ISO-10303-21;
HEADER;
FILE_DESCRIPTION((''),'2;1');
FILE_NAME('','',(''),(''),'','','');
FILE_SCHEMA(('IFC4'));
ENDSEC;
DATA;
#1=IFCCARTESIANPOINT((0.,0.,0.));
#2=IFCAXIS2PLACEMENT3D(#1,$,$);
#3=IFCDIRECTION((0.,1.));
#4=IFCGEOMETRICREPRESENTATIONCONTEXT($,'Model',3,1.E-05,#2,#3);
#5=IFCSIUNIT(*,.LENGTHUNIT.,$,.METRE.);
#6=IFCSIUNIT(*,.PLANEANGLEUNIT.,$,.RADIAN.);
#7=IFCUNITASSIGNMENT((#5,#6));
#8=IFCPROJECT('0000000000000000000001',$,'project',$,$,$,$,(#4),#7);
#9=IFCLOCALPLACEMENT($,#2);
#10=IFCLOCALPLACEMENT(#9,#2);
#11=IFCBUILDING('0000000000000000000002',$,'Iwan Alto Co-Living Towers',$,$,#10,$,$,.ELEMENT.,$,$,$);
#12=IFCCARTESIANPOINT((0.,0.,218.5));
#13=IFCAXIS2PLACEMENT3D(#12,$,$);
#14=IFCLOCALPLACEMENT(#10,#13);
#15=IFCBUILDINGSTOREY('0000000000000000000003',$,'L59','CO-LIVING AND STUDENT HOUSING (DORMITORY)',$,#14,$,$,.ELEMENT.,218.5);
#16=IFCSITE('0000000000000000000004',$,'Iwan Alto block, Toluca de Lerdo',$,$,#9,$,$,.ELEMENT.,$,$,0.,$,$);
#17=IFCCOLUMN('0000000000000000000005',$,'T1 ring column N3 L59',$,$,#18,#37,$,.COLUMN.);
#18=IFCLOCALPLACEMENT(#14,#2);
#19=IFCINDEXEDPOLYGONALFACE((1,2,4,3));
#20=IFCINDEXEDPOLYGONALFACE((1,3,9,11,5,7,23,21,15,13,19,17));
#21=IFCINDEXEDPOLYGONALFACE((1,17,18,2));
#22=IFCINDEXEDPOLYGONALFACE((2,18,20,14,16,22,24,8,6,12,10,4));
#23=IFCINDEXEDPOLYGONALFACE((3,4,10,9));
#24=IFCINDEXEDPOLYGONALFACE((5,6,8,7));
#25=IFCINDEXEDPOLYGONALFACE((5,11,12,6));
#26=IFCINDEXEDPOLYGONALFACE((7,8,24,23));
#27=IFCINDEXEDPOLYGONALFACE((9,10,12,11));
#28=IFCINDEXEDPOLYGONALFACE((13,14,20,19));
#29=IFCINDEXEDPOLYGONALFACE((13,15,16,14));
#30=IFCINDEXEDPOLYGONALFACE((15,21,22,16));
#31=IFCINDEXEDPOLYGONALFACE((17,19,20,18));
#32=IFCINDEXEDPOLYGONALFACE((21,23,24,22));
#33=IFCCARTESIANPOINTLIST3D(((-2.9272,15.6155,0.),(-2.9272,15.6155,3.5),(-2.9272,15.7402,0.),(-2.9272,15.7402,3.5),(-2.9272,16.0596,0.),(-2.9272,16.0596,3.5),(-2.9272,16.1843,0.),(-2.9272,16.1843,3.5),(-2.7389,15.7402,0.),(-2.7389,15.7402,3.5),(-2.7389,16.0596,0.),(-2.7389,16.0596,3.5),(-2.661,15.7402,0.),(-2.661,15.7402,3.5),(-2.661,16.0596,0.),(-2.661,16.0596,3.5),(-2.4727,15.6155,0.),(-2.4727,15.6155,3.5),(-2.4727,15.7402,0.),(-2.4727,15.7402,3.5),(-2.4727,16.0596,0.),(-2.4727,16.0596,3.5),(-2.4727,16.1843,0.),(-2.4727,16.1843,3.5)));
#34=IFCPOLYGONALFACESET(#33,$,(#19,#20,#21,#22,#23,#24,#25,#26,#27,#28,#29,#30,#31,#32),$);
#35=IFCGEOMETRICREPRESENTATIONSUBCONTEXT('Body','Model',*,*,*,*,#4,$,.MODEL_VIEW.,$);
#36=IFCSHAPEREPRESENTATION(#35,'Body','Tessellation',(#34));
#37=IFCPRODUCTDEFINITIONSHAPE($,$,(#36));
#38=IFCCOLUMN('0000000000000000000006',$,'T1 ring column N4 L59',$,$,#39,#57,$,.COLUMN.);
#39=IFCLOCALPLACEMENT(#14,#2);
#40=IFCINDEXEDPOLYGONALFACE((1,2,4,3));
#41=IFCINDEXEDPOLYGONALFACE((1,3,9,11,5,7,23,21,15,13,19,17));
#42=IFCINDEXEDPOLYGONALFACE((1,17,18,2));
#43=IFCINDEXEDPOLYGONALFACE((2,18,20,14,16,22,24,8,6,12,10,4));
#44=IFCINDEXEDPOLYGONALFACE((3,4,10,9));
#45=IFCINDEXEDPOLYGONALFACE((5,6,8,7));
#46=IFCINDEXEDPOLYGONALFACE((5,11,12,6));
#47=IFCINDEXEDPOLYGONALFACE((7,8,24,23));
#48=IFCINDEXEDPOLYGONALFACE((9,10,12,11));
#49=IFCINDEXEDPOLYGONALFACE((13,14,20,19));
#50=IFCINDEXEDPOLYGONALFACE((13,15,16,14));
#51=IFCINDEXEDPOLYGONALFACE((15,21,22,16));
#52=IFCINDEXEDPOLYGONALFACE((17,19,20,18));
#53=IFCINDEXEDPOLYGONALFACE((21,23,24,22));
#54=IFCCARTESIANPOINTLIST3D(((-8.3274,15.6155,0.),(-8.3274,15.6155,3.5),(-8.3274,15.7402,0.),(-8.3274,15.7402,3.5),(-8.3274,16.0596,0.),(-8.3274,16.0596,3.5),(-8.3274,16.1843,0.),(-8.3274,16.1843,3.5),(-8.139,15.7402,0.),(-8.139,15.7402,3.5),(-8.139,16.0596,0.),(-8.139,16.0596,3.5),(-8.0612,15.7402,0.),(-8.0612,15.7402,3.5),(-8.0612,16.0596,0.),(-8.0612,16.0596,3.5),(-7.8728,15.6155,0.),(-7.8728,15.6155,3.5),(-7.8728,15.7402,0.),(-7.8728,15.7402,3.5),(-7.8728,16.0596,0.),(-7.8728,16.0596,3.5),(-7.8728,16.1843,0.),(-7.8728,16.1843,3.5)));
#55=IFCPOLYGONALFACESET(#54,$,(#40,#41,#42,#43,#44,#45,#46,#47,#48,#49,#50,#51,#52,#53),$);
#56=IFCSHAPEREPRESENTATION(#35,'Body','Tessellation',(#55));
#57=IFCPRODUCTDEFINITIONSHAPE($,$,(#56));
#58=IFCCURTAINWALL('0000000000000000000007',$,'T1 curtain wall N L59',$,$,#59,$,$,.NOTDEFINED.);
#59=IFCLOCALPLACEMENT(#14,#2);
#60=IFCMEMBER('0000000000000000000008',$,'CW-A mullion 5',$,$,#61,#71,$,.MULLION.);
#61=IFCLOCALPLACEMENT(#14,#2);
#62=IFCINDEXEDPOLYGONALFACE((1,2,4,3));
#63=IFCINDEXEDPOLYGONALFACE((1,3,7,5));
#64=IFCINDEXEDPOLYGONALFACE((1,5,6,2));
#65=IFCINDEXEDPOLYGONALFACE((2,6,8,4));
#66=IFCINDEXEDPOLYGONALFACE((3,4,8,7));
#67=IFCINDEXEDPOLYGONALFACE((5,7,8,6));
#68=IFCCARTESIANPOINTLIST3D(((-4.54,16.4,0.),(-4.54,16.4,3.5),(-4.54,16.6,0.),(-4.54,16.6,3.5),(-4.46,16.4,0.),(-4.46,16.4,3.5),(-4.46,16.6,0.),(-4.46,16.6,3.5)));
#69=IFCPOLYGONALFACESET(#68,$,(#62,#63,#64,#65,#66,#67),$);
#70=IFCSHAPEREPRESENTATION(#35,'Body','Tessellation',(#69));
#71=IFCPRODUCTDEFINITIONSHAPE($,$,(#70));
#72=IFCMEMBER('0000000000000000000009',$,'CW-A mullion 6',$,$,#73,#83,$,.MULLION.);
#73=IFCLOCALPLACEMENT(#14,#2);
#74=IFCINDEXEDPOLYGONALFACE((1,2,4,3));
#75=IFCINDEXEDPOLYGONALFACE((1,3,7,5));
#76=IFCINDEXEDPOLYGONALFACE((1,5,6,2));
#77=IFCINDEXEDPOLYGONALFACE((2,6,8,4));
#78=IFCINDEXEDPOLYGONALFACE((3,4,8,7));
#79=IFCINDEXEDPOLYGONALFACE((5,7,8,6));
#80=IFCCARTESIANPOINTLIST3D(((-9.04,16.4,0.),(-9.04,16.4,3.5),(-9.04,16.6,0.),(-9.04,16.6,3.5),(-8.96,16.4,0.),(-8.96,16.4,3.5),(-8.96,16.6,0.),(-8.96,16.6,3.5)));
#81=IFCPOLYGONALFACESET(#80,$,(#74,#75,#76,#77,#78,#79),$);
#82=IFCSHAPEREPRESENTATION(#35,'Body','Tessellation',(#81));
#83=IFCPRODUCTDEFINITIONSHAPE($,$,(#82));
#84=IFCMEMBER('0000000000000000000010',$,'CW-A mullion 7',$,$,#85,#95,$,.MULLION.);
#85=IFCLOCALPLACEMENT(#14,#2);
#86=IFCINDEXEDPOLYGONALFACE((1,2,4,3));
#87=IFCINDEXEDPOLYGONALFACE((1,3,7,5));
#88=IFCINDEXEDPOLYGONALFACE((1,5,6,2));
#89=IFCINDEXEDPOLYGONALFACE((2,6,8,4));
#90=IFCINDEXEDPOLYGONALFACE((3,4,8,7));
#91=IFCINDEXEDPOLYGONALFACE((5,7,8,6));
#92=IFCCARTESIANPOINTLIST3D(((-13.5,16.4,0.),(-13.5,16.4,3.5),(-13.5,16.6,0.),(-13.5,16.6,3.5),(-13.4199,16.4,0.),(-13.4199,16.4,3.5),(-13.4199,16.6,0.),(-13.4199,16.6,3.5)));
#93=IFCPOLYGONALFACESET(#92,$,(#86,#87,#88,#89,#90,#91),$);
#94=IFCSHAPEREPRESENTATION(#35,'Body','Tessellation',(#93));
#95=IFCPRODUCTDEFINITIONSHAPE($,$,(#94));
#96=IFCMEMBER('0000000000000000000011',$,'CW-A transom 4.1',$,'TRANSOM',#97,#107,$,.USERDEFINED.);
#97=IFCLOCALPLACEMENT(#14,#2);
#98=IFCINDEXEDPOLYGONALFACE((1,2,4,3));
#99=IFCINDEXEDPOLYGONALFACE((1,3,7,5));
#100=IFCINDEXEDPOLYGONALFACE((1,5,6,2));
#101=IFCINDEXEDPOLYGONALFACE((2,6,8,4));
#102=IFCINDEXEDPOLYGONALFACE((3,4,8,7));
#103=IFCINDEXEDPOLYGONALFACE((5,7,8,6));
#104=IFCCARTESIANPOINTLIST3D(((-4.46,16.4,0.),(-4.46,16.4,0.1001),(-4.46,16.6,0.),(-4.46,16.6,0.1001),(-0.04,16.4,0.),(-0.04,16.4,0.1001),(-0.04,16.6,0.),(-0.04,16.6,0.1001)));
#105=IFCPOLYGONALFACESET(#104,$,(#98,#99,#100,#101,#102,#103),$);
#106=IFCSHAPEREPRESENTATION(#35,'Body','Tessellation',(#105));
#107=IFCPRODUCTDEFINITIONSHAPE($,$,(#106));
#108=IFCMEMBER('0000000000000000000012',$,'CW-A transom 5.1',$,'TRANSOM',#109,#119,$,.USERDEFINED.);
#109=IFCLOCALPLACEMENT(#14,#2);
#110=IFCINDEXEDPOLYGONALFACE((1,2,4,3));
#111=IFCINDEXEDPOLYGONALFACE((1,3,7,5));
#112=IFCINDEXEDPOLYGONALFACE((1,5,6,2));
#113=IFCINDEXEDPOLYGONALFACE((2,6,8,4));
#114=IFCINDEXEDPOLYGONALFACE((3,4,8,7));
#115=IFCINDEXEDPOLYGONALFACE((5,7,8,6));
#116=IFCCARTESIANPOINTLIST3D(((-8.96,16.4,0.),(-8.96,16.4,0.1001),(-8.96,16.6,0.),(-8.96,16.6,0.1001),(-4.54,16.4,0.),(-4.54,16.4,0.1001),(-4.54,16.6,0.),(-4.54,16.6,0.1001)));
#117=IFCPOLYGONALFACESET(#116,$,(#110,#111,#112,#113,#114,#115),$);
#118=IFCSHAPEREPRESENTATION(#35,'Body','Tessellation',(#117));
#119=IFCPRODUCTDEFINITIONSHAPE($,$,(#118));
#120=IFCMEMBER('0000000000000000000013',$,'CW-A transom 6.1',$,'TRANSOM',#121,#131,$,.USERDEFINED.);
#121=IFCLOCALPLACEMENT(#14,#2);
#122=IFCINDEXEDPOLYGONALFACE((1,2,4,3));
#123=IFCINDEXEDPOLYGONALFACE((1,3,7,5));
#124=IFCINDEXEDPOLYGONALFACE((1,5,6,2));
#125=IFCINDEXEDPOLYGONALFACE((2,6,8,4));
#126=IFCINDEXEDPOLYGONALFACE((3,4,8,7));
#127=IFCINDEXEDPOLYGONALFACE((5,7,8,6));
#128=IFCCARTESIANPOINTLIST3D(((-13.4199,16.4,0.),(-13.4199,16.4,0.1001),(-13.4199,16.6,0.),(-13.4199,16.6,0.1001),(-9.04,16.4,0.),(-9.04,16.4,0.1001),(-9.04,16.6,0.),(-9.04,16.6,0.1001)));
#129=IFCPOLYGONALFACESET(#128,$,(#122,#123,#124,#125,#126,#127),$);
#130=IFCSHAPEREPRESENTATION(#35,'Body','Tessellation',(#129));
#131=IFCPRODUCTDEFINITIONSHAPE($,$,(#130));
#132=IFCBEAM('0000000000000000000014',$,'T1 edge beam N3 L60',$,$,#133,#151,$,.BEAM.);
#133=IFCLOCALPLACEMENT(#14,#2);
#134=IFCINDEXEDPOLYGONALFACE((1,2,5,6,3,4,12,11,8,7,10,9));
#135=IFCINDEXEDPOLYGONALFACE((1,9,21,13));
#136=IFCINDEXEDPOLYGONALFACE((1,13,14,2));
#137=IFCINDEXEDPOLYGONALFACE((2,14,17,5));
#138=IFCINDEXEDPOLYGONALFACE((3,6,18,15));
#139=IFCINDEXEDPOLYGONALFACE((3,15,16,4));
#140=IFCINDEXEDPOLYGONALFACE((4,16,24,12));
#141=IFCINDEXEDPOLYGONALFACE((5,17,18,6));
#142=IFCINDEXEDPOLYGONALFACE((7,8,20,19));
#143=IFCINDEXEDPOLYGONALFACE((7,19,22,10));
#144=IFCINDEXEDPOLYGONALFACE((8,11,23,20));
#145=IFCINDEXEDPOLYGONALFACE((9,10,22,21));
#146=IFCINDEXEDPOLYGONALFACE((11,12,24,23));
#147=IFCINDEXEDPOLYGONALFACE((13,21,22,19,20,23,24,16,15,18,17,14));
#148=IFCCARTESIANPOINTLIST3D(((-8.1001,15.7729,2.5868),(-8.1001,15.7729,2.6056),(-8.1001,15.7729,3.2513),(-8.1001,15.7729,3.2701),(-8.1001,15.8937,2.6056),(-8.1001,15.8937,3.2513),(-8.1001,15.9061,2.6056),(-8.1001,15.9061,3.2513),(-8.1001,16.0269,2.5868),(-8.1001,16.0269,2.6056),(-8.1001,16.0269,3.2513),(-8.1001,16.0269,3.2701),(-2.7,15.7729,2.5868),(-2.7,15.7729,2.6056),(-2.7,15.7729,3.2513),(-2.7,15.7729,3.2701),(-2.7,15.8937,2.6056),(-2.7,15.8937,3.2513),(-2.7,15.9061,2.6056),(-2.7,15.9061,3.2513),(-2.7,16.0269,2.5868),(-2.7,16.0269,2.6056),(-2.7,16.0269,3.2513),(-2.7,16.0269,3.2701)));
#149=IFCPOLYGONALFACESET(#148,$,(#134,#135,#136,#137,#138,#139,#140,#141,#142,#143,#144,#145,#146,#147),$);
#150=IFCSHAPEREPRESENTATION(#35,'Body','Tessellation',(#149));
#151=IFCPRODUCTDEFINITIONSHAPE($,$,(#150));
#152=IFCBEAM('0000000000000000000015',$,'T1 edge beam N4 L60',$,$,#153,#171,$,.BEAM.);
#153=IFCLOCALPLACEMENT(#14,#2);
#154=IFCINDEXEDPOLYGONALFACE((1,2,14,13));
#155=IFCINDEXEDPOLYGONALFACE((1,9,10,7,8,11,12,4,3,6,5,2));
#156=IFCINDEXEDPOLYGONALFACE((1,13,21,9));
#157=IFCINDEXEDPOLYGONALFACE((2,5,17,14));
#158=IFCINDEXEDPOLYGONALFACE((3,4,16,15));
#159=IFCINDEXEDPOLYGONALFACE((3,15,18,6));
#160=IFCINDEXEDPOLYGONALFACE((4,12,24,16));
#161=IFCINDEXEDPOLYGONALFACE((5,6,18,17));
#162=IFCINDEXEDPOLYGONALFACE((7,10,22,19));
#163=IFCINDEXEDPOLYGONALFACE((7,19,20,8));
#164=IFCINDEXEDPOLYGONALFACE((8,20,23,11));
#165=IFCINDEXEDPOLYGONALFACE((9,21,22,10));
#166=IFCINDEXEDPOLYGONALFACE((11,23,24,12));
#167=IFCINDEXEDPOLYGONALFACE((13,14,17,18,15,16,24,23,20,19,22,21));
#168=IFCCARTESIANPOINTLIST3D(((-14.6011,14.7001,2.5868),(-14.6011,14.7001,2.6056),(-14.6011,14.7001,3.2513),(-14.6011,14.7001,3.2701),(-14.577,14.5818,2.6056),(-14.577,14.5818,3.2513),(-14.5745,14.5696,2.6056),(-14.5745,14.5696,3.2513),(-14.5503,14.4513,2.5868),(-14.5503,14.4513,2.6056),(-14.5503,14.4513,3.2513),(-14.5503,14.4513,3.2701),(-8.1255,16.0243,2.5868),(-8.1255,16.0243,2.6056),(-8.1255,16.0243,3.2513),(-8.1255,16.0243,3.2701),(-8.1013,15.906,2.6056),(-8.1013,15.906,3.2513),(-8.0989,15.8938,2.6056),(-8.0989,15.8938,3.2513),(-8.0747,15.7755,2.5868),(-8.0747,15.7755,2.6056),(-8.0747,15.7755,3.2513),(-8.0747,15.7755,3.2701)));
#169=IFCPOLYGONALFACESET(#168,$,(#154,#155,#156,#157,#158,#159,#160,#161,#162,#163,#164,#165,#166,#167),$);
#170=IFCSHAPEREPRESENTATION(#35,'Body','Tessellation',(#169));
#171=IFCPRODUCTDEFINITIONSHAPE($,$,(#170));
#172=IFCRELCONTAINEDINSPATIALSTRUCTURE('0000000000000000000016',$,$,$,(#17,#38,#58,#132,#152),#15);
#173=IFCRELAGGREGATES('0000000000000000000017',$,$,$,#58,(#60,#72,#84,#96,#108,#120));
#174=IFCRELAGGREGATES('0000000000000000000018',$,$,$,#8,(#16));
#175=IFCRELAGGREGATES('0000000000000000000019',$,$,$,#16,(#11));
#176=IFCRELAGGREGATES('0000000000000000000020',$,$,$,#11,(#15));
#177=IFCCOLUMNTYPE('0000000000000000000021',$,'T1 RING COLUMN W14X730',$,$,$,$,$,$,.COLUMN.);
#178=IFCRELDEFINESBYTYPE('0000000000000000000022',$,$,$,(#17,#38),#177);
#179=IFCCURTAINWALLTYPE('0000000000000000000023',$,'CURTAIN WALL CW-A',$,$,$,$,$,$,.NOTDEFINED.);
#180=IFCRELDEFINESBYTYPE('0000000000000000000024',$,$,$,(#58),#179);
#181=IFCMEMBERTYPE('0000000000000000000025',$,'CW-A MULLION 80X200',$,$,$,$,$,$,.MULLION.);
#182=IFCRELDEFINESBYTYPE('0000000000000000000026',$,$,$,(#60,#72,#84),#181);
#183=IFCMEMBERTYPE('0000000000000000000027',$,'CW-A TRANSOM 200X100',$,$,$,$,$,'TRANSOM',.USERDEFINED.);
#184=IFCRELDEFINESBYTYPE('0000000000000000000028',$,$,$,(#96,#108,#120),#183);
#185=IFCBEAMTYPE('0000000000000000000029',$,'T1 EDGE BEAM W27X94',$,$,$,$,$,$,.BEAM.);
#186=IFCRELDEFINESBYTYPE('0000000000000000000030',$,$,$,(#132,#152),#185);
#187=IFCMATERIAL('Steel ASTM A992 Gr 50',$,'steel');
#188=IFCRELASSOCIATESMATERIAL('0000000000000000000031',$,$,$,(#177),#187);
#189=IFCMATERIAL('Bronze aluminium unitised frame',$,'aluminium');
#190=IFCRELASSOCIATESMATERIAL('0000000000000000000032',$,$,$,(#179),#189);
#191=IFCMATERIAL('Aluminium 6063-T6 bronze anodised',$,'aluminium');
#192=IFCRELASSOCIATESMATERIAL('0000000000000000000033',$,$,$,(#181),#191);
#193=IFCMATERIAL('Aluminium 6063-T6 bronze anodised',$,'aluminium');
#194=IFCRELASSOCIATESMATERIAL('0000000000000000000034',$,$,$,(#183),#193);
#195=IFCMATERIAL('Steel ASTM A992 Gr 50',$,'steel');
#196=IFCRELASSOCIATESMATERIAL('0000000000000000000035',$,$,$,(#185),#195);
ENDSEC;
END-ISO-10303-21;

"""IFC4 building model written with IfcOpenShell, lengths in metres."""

from ifc_helpers import new_model, si_unit, direction, frame, origin, origin_2d, place, context, subcontext, project, spatial, rectangle, i_section, extrude, material, material_profile, profile_set, type_object, element, aggregate, save


model = new_model("IFC4")

# Units and contexts
model_context = context("Model", 3, precision=1e-05, world=origin(), true_north=direction((0.0, 1.0)))
body_context = subcontext(model_context, "Body", "Model", "MODEL_VIEW")
ifc_project = project(units=[si_unit("LENGTHUNIT", "METRE"), si_unit("PLANEANGLEUNIT", "RADIAN")], contexts=[model_context])

# Site, building, storey
site_placement = place(None, origin())
site = spatial("IfcSite", under=ifc_project, at=site_placement, Name="Iwan Alto block, Toluca de Lerdo", CompositionType="ELEMENT", RefElevation=0.0)
building_placement = place(site_placement, origin())
building = spatial("IfcBuilding", under=site, at=building_placement, Name="Iwan Alto Co-Living Towers", CompositionType="ELEMENT")
storey_placement = place(building_placement, frame((0.0, 0.0, 218.5)))
storey = spatial("IfcBuildingStorey", under=building, at=storey_placement, Name="L59", Description="CO-LIVING AND STUDENT HOUSING (DORMITORY)", CompositionType="ELEMENT", Elevation=218.5)

# Columns
ifc_material_1 = material(Name="Steel ASTM A992 Gr 50", Category="steel")
ifc_material_profile_1 = material_profile(ifc_material_1, i_section(OverallWidth=0.4546, OverallDepth=0.5688, WebThickness=0.0779, FlangeThickness=0.1248, at=origin_2d()), Name="W14X730")
ifc_profile_set_1 = profile_set([ifc_material_profile_1], Name="Steel ASTM A992 Gr 50")
column_type = type_object("IfcColumnType", Name="T1 RING COLUMN W14X730", PredefinedType="COLUMN", material=ifc_profile_set_1)
for number, where, z_axis, x_axis, name in (
    (1, (-2.7, 15.8999, 0.0), (0.0, 0.0, 1.0), (1.0, 0.0, 0.0), "T1 ring column N3 L59"),
    (2, (-8.1001, 15.8999, 0.0), (0.0, 0.0, 1.0), (1.0, 0.0, 0.0), "T1 ring column N4 L59"),
):
    element("IfcColumn", number, at=place(storey_placement, frame(where, z_axis=z_axis, x_axis=x_axis)), inside=storey, type_object=column_type, Name=name, PredefinedType="COLUMN", context=body_context, shape_type="SweptSolid", body=[
        extrude(i_section(OverallWidth=0.4546, OverallDepth=0.5688, WebThickness=0.0779, FlangeThickness=0.1248, at=origin_2d()), origin(), (0.0, 0.0, 1.0), 3.5),
    ])

# Curtain wall, members
ifc_material_2 = material(Name="Bronze aluminium unitised frame", Category="aluminium")
curtain_wall_type = type_object("IfcCurtainWallType", Name="CURTAIN WALL CW-A", PredefinedType="NOTDEFINED", material=ifc_material_2)
curtain_wall_placement = place(storey_placement, origin())
curtain_wall = element("IfcCurtainWall", 3, at=curtain_wall_placement, inside=storey, type_object=curtain_wall_type, Name="T1 curtain wall N L59", PredefinedType="NOTDEFINED")
ifc_material_3 = material(Name="Aluminium 6063-T6 bronze anodised", Category="aluminium")
ifc_material_profile_2 = material_profile(ifc_material_3, rectangle(XDim=0.2, YDim=0.0801, at=origin_2d()), Name="AL 80X200")
ifc_profile_set_2 = profile_set([ifc_material_profile_2], Name="Aluminium 6063-T6 bronze anodised")
member_type_1 = type_object("IfcMemberType", Name="CW-A MULLION 80X200", PredefinedType="MULLION", material=ifc_profile_set_2)
member_1_placement = place(storey_placement, frame((-4.5, 16.5, 0.0), z_axis=(0.0, 0.0, 1.0), x_axis=(0.0, -1.0, 0.0)))
member_1 = element("IfcMember", 4, at=member_1_placement, type_object=member_type_1, Name="CW-A mullion 5", PredefinedType="MULLION", context=body_context, shape_type="SweptSolid", body=[
    extrude(rectangle(XDim=0.2, YDim=0.0801, at=origin_2d()), origin(), (0.0, 0.0, 1.0), 3.5),
])
member_2_placement = place(storey_placement, frame((-9.0, 16.5, 0.0), z_axis=(0.0, 0.0, 1.0), x_axis=(0.0, -1.0, 0.0)))
member_2 = element("IfcMember", 5, at=member_2_placement, type_object=member_type_1, Name="CW-A mullion 6", PredefinedType="MULLION", context=body_context, shape_type="SweptSolid", body=[
    extrude(rectangle(XDim=0.2, YDim=0.0801, at=origin_2d()), origin(), (0.0, 0.0, 1.0), 3.5),
])
member_3_placement = place(storey_placement, frame((-13.46, 16.5, 0.0), z_axis=(0.0, 0.0, 1.0), x_axis=(0.0, -1.0, 0.0)))
member_3 = element("IfcMember", 6, at=member_3_placement, type_object=member_type_1, Name="CW-A mullion 7", PredefinedType="MULLION", context=body_context, shape_type="SweptSolid", body=[
    extrude(rectangle(XDim=0.2, YDim=0.0801, at=origin_2d()), origin(), (0.0, 0.0, 1.0), 3.5),
])
ifc_material_4 = material(Name="Aluminium 6063-T6 bronze anodised", Category="aluminium")
ifc_material_profile_3 = material_profile(ifc_material_4, rectangle(XDim=0.2, YDim=0.1001, at=origin_2d()), Name="AL 200X100")
ifc_profile_set_3 = profile_set([ifc_material_profile_3], Name="Aluminium 6063-T6 bronze anodised")
member_type_2 = type_object("IfcMemberType", Name="CW-A TRANSOM 200X100", ElementType="TRANSOM", PredefinedType="USERDEFINED", material=ifc_profile_set_3)
member_4_placement = place(storey_placement, frame((-0.04, 16.5, 0.05), z_axis=(-1.0, 0.0, 0.0), x_axis=(0.0, -1.0, 0.0)))
member_4 = element("IfcMember", 7, at=member_4_placement, type_object=member_type_2, Name="CW-A transom 4.1", ObjectType="TRANSOM", PredefinedType="USERDEFINED", context=body_context, shape_type="SweptSolid", body=[
    extrude(rectangle(XDim=0.2, YDim=0.1001, at=origin_2d()), origin(), (0.0, 0.0, 1.0), 4.4199),
])
member_5_placement = place(storey_placement, frame((-4.54, 16.5, 0.05), z_axis=(-1.0, 0.0, 0.0), x_axis=(0.0, -1.0, 0.0)))
member_5 = element("IfcMember", 8, at=member_5_placement, type_object=member_type_2, Name="CW-A transom 5.1", ObjectType="TRANSOM", PredefinedType="USERDEFINED", context=body_context, shape_type="SweptSolid", body=[
    extrude(rectangle(XDim=0.2, YDim=0.1001, at=origin_2d()), origin(), (0.0, 0.0, 1.0), 4.4199),
])
member_6_placement = place(storey_placement, frame((-9.04, 16.5, 0.05), z_axis=(-1.0, 0.0, 0.0), x_axis=(0.0, -1.0, 0.0)))
member_6 = element("IfcMember", 9, at=member_6_placement, type_object=member_type_2, Name="CW-A transom 6.1", ObjectType="TRANSOM", PredefinedType="USERDEFINED", context=body_context, shape_type="SweptSolid", body=[
    extrude(rectangle(XDim=0.2, YDim=0.1001, at=origin_2d()), origin(), (0.0, 0.0, 1.0), 4.3799),
])

# Beams
ifc_material_5 = material(Name="Steel ASTM A992 Gr 50", Category="steel")
ifc_material_profile_4 = material_profile(ifc_material_5, i_section(OverallWidth=0.2539, OverallDepth=0.6833, WebThickness=0.0125, FlangeThickness=0.0188, at=origin_2d()), Name="W27X94")
ifc_profile_set_4 = profile_set([ifc_material_profile_4], Name="Steel ASTM A992 Gr 50")
beam_type_1 = type_object("IfcBeamType", Name="T1 EDGE BEAM W27X94", PredefinedType="BEAM", material=ifc_profile_set_4)
beam_1_placement = place(storey_placement, frame((-2.7, 15.8999, 2.9285), z_axis=(-1.0, 0.0, 0.0), x_axis=(0.0, -1.0, 0.0)))
element("IfcBeam", 10, at=beam_1_placement, inside=storey, type_object=beam_type_1, Name="T1 edge beam N3 L60", PredefinedType="BEAM", context=body_context, shape_type="SweptSolid", body=[
    extrude(i_section(OverallWidth=0.2539, OverallDepth=0.6833, WebThickness=0.0125, FlangeThickness=0.0188, at=origin_2d()), origin(), (0.0, 0.0, 1.0), 5.4001),
])
beam_2_placement = place(storey_placement, frame((-8.1001, 15.8999, 2.9285), z_axis=(-0.979725, -0.200348, 0.0), x_axis=(0.200348, -0.979725, 0.0)))
element("IfcBeam", 11, at=beam_2_placement, inside=storey, type_object=beam_type_1, Name="T1 edge beam N4 L60", PredefinedType="BEAM", context=body_context, shape_type="SweptSolid", body=[
    extrude(i_section(OverallWidth=0.2539, OverallDepth=0.6833, WebThickness=0.0125, FlangeThickness=0.0188, at=origin_2d()), origin(), (0.0, 0.0, 1.0), 6.6096),
])

aggregate(curtain_wall, [member_1, member_2, member_3, member_4, member_5, member_6])

save(model, "model.ifc")
